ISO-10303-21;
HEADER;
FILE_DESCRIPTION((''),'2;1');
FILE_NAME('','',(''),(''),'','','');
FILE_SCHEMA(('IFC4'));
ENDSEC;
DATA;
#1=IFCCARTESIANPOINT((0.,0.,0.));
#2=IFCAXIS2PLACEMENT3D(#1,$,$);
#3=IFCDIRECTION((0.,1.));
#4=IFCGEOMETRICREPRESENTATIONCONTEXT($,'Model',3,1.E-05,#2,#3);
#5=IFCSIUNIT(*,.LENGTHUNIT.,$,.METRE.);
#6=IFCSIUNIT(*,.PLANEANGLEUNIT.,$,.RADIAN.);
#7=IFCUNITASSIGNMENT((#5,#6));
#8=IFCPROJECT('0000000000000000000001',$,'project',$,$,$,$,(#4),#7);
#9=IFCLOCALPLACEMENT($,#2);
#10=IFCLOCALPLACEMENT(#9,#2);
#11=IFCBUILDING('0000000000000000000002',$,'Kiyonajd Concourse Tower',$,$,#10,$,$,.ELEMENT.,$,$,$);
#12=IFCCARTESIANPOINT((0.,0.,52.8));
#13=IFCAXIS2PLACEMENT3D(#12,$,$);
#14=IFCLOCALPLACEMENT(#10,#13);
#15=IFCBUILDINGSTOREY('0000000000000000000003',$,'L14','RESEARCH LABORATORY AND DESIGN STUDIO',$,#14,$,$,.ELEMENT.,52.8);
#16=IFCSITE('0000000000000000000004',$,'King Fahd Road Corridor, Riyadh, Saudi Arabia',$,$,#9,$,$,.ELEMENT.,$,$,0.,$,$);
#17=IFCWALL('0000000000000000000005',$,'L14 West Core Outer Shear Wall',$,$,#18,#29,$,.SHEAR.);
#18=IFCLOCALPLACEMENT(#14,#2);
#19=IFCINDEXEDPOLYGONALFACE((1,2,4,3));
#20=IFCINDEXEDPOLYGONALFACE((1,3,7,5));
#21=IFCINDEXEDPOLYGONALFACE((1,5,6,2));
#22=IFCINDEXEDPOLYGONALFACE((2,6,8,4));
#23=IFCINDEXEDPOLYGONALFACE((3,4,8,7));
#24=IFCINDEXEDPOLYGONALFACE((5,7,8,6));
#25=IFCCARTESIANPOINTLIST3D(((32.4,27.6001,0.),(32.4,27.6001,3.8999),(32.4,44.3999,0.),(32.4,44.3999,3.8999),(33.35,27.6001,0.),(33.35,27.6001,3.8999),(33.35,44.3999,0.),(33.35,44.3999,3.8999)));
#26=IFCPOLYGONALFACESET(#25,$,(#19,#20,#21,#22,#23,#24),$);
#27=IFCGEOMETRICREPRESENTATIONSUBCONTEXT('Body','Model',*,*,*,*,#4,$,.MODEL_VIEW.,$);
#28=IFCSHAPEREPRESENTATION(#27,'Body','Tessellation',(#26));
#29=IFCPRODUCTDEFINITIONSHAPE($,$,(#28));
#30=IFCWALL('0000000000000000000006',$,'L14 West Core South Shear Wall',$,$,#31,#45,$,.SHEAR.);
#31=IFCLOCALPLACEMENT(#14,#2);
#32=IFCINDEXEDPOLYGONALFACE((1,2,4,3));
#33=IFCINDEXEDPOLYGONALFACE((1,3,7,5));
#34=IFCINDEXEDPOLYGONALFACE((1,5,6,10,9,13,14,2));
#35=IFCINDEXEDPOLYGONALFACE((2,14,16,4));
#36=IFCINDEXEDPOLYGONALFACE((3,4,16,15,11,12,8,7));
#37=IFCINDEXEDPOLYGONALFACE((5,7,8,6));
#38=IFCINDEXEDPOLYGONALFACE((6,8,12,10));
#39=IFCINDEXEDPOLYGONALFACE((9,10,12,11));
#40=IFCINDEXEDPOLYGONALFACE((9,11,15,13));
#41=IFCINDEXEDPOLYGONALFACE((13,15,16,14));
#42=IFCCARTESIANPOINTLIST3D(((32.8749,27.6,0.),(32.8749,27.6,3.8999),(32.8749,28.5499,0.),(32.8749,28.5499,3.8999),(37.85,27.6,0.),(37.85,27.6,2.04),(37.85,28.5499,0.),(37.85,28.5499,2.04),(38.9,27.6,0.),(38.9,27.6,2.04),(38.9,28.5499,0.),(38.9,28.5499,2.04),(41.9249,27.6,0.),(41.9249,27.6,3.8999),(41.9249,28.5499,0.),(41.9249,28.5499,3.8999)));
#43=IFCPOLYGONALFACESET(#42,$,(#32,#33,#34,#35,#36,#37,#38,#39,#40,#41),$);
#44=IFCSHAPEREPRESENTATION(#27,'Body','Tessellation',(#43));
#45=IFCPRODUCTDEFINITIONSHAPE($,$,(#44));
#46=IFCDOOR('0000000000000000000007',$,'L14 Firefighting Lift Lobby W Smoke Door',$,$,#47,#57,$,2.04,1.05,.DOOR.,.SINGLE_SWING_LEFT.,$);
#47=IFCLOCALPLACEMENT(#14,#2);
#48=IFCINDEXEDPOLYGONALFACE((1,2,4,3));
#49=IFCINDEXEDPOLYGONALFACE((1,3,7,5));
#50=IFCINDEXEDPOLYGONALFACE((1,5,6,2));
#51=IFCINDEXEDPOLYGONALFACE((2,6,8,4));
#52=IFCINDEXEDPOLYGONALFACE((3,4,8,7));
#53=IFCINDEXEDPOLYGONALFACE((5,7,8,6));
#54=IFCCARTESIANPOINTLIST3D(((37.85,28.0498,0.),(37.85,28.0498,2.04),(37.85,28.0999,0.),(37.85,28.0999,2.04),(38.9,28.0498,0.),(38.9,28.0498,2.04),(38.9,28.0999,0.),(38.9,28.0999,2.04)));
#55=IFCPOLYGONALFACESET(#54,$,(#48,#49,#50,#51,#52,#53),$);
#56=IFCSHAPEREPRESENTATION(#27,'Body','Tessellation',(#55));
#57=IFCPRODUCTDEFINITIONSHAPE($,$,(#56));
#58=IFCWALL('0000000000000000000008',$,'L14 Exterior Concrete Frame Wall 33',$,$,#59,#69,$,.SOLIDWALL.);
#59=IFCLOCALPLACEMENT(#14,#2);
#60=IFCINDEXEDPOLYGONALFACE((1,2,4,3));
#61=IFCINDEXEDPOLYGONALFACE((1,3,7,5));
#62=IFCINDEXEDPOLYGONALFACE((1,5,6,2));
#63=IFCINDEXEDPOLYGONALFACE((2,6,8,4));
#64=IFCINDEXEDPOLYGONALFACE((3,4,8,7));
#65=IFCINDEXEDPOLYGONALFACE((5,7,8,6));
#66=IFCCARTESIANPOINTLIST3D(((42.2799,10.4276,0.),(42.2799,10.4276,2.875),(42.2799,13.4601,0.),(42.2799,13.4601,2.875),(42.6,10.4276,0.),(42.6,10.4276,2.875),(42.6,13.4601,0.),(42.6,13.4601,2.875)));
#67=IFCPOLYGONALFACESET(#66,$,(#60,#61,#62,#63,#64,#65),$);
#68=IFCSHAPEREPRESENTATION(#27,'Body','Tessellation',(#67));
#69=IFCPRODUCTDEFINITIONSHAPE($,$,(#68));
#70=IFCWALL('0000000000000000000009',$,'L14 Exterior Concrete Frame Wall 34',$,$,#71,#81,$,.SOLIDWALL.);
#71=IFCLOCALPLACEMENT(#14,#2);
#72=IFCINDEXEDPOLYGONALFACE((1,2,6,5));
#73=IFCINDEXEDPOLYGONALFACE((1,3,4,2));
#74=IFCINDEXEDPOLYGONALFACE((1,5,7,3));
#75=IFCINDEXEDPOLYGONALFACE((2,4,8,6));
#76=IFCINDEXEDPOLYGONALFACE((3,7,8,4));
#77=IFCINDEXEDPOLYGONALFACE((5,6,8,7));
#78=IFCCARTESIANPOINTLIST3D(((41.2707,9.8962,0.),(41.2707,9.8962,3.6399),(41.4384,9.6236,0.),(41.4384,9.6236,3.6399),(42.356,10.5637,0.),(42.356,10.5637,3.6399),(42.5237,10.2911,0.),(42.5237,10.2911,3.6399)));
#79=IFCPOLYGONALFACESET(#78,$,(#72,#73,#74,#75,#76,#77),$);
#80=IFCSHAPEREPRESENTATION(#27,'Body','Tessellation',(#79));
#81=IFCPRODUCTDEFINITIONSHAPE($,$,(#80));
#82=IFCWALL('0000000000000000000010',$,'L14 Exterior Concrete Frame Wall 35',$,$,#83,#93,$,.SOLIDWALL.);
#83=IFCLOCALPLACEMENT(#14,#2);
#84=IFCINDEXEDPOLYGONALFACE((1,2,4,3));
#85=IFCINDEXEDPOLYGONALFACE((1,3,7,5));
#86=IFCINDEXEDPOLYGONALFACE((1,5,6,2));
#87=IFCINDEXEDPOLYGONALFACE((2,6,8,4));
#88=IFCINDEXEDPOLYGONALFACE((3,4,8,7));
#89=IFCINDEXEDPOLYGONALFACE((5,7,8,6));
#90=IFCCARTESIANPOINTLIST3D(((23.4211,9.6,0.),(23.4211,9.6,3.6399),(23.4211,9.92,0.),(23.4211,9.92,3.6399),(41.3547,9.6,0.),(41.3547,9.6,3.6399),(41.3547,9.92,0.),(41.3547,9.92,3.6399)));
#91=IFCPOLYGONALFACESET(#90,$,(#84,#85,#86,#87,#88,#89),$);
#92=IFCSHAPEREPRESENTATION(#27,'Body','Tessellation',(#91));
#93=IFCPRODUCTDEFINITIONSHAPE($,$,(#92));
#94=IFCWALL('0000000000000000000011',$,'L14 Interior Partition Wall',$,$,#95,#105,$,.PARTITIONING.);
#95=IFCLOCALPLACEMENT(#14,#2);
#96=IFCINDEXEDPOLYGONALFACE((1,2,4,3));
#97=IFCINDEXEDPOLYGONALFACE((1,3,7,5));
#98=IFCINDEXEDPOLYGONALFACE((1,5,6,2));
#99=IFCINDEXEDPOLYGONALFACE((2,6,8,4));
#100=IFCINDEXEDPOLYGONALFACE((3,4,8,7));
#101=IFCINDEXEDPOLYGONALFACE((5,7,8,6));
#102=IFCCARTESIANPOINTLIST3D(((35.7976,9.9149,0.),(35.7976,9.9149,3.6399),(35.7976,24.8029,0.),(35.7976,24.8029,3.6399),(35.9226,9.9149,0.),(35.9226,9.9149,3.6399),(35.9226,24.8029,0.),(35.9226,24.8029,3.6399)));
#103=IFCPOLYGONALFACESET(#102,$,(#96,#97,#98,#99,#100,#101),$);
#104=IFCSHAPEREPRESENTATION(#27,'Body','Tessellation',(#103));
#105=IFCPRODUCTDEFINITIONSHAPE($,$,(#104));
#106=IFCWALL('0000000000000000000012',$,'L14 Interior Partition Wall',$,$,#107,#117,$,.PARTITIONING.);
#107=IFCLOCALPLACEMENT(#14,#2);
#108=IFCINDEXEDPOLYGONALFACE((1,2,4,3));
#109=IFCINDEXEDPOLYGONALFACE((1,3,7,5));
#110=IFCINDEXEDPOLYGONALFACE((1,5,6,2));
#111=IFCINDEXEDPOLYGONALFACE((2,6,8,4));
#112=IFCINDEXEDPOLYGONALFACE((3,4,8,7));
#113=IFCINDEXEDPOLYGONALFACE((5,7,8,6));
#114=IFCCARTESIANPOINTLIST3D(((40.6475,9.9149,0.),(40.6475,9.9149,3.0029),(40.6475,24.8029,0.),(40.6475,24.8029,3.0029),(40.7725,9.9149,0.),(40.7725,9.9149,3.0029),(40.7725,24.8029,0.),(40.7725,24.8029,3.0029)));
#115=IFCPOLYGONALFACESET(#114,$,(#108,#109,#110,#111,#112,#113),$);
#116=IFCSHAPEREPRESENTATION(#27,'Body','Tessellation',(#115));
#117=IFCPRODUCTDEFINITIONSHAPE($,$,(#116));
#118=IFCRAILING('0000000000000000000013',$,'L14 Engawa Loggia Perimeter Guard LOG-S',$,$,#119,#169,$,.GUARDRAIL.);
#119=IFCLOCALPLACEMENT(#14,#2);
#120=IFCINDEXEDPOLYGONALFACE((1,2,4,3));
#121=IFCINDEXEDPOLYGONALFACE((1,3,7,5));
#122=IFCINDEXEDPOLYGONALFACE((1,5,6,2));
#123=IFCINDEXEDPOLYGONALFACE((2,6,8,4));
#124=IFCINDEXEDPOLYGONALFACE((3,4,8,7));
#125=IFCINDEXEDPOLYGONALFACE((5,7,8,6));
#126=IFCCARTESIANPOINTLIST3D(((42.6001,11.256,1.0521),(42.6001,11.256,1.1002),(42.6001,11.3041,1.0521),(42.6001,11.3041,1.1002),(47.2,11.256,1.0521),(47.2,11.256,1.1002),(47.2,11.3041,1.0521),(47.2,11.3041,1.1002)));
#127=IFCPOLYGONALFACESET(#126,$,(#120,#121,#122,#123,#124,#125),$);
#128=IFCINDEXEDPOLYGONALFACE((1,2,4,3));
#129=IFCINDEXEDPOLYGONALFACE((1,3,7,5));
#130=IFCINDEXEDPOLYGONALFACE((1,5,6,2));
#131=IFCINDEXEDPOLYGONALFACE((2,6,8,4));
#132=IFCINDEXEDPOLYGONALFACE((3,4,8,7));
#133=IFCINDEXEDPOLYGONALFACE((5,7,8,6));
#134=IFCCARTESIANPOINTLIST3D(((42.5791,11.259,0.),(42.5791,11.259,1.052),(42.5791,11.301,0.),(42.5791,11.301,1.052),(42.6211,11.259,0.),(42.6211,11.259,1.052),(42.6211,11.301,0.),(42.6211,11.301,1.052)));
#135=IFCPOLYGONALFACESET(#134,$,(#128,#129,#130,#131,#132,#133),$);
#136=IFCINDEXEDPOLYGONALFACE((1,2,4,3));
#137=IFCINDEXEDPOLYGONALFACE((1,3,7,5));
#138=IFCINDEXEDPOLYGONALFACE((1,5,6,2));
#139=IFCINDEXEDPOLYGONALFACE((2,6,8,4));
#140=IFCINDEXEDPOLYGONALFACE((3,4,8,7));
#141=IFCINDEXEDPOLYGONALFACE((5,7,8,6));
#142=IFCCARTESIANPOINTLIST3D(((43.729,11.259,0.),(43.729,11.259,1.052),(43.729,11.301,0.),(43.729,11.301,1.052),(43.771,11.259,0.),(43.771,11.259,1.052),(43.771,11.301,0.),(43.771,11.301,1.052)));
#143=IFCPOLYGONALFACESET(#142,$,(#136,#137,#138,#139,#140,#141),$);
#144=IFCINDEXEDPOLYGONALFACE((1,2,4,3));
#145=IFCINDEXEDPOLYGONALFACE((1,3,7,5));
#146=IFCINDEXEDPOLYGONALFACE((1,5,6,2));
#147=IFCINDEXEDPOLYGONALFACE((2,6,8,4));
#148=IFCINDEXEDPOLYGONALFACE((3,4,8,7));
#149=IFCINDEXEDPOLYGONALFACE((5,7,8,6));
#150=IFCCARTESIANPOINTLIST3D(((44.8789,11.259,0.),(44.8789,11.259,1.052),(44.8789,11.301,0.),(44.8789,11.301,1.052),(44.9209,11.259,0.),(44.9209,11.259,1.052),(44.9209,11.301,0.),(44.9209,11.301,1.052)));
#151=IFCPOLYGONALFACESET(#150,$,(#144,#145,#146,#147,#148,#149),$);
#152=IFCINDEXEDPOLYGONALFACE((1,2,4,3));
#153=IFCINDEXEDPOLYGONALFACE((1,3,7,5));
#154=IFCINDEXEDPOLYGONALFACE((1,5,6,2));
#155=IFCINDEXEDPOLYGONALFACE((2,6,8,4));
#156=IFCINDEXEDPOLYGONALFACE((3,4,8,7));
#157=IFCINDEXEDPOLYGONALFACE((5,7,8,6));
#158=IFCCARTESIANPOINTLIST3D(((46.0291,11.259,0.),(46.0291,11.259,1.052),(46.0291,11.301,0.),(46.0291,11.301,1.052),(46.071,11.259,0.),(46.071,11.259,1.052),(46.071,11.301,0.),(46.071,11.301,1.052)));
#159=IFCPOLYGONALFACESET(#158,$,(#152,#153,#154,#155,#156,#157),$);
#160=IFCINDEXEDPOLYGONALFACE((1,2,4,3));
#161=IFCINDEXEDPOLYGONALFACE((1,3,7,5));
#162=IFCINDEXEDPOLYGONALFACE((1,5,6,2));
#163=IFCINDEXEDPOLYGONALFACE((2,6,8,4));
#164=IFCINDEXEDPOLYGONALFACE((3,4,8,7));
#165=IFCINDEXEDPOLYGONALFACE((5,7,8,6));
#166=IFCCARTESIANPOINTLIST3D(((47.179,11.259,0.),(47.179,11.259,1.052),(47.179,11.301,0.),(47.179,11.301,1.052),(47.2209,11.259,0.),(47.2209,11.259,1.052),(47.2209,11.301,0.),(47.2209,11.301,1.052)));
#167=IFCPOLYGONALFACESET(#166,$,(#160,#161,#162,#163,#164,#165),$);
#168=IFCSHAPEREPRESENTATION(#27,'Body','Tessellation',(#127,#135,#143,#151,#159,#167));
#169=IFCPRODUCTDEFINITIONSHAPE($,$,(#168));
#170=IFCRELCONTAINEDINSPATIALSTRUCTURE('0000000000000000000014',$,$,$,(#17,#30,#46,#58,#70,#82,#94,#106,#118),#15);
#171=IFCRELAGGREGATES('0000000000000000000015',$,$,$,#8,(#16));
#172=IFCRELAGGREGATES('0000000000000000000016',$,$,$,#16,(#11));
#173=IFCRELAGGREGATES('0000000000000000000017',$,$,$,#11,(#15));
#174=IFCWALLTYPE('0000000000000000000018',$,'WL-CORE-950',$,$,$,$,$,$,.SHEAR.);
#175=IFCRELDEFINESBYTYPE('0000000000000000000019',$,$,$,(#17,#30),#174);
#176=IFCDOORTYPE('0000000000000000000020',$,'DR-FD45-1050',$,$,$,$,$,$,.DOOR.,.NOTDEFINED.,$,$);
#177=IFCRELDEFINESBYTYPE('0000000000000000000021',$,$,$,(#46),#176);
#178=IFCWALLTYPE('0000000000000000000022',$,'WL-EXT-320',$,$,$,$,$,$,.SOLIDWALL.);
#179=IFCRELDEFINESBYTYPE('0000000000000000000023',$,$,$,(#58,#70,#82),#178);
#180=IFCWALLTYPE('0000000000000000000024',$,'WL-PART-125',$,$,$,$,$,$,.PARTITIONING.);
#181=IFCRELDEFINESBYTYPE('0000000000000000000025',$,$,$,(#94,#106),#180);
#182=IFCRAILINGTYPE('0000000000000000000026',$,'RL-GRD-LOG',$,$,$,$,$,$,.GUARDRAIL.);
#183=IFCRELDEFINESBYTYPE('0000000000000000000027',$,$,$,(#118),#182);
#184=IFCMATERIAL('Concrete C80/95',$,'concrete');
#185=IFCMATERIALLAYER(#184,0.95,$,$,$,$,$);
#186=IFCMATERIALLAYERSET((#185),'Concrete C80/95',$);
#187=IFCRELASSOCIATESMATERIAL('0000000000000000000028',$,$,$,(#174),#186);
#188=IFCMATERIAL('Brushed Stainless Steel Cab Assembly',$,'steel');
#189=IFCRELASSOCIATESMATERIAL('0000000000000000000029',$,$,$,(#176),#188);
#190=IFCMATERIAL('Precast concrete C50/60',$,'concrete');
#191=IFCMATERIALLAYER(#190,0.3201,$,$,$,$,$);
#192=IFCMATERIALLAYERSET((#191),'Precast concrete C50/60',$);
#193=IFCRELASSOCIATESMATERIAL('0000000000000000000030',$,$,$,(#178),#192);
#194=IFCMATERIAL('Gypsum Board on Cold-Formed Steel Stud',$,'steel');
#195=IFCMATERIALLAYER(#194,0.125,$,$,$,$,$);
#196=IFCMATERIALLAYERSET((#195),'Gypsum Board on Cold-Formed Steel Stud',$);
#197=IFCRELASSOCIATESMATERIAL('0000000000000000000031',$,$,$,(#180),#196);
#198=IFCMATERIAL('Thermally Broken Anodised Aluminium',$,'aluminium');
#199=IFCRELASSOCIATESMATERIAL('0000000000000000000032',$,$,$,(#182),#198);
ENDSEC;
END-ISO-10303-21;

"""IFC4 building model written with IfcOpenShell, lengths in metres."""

from ifc_helpers import new_model, si_unit, direction, frame, frame_2d, origin, origin_2d, place, context, subcontext, project, spatial, rectangle, extrude, material, layer, layer_set, type_object, element, fill, save


model = new_model("IFC4")

# Units and contexts
model_context = context("Model", 3, precision=1e-05, world=origin(), true_north=direction((0.0, 1.0)))
body_context = subcontext(model_context, "Body", "Model", "MODEL_VIEW")
ifc_project = project(units=[si_unit("LENGTHUNIT", "METRE"), si_unit("PLANEANGLEUNIT", "RADIAN")], contexts=[model_context])

# Site, building, storey
site_placement = place(None, origin())
site = spatial("IfcSite", under=ifc_project, at=site_placement, Name="King Fahd Road Corridor, Riyadh, Saudi Arabia", CompositionType="ELEMENT", RefElevation=0.0)
building_placement = place(site_placement, origin())
building = spatial("IfcBuilding", under=site, at=building_placement, Name="Kiyonajd Concourse Tower", CompositionType="ELEMENT")
storey_placement = place(building_placement, frame((0.0, 0.0, 52.8)))
storey = spatial("IfcBuildingStorey", under=building, at=storey_placement, Name="L14", Description="RESEARCH LABORATORY AND DESIGN STUDIO", CompositionType="ELEMENT", Elevation=52.8)

# Shared definitions
ifc_material_1 = material(Name="Concrete C80/95", Category="concrete")

# Shared definitions
ifc_material_2 = material(Name="Precast concrete C50/60", Category="concrete")

# Shared definitions
ifc_material_3 = material(Name="Thermally Broken Anodised Aluminium", Category="aluminium")

# Wall
ifc_layer_1 = layer(ifc_material_1, 0.95)
ifc_layer_set_1 = layer_set([ifc_layer_1], Name="Concrete C80/95")
wall_type_1 = type_object("IfcWallType", Name="WL-CORE-950", PredefinedType="SHEAR", material=ifc_layer_set_1)
wall_1_placement = place(storey_placement, frame((32.875, 27.6001, 0.0), z_axis=(0.0, 0.0, 1.0), x_axis=(0.0, 1.0, 0.0)))
element("IfcWall", 1, at=wall_1_placement, inside=storey, type_object=wall_type_1, Name="L14 West Core Outer Shear Wall", PredefinedType="SHEAR", context=body_context, shape_type="SweptSolid", body=[
    extrude(rectangle(XDim=16.7998, YDim=0.95, at=frame_2d((8.3999, 0.0))), origin(), (0.0, 0.0, 1.0), 3.8999),
])

# Wall, opening, door
wall_2_placement = place(storey_placement, frame((32.875, 28.075, 0.0), z_axis=(0.0, 0.0, 1.0), x_axis=(1.0, 0.0, 0.0)))
wall_2 = element("IfcWall", 2, at=wall_2_placement, inside=storey, type_object=wall_type_1, Name="L14 West Core South Shear Wall", PredefinedType="SHEAR", context=body_context, shape_type="SweptSolid", body=[
    extrude(rectangle(XDim=9.05, YDim=0.95, at=frame_2d((4.5249, 0.0))), origin(), (0.0, 0.0, 1.0), 3.8999),
])
opening_placement = place(wall_2_placement, frame((4.9751, 0.0, 0.0)))
opening = element("IfcOpeningElement", 3, at=opening_placement, cuts=wall_2, PredefinedType="OPENING", context=body_context, shape_type="SweptSolid", body=[
    extrude(rectangle(XDim=1.05, YDim=2.04, at=frame_2d((0.5249, 1.02))), frame((0.0, 0.4849, 0.0), z_axis=(0.0, -1.0, 0.0), x_axis=(1.0, 0.0, 0.0)), (0.0, 0.0, 1.0), 0.97),
])
ifc_material_4 = material(Name="Brushed Stainless Steel Cab Assembly", Category="steel")
door_type = type_object("IfcDoorType", Name="DR-FD45-1050", OperationType="NOTDEFINED", PredefinedType="DOOR", material=ifc_material_4)
door_placement = place(opening_placement, origin())
door = element("IfcDoor", 4, at=door_placement, inside=storey, type_object=door_type, Name="L14 Firefighting Lift Lobby W Smoke Door", OperationType="SINGLE_SWING_LEFT", OverallHeight=2.04, OverallWidth=1.05, PredefinedType="DOOR", context=body_context, shape_type="SweptSolid", body=[
    extrude(rectangle(XDim=1.05, YDim=2.04, at=frame_2d((0.5249, 1.02))), frame((0.0, 0.0249, 0.0), z_axis=(0.0, -1.0, 0.0), x_axis=(1.0, 0.0, 0.0)), (0.0, 0.0, 1.0), 0.05),
])
fill(opening, door)

# Walls
ifc_layer_2 = layer(ifc_material_2, 0.3201)
ifc_layer_set_2 = layer_set([ifc_layer_2], Name="Precast concrete C50/60")
wall_type_2 = type_object("IfcWallType", Name="WL-EXT-320", PredefinedType="SOLIDWALL", material=ifc_layer_set_2)
wall_3_placement = place(storey_placement, frame((42.4399, 13.46, 0.0), z_axis=(0.0, 0.0, 1.0), x_axis=(0.0, -1.0, 0.0)))
element("IfcWall", 5, at=wall_3_placement, inside=storey, type_object=wall_type_2, Name="L14 Exterior Concrete Frame Wall 33", PredefinedType="SOLIDWALL", context=body_context, shape_type="SweptSolid", body=[
    extrude(rectangle(XDim=3.0325, YDim=0.3201, at=frame_2d((1.5161, 0.0))), origin(), (0.0, 0.0, 1.0), 2.875),
])
wall_4_placement = place(storey_placement, frame((42.4399, 10.4275, 0.0), z_axis=(0.0, 0.0, 1.0), x_axis=(-0.851777, -0.523905, 0.0)))
element("IfcWall", 6, at=wall_4_placement, inside=storey, type_object=wall_type_2, Name="L14 Exterior Concrete Frame Wall 34", PredefinedType="SOLIDWALL", context=body_context, shape_type="SweptSolid", body=[
    extrude(rectangle(XDim=1.2742, YDim=0.3201, at=frame_2d((0.6372, 0.0))), origin(), (0.0, 0.0, 1.0), 3.6399),
])
wall_5_placement = place(storey_placement, frame((41.3547, 9.76, 0.0), z_axis=(0.0, 0.0, 1.0), x_axis=(-1.0, 0.0, 0.0)))
element("IfcWall", 7, at=wall_5_placement, inside=storey, type_object=wall_type_2, Name="L14 Exterior Concrete Frame Wall 35", PredefinedType="SOLIDWALL", context=body_context, shape_type="SweptSolid", body=[
    extrude(rectangle(XDim=17.9336, YDim=0.3201, at=frame_2d((8.9668, 0.0))), origin(), (0.0, 0.0, 1.0), 3.6399),
])
ifc_material_5 = material(Name="Gypsum Board on Cold-Formed Steel Stud", Category="steel")
ifc_layer_3 = layer(ifc_material_5, 0.125)
ifc_layer_set_3 = layer_set([ifc_layer_3], Name="Gypsum Board on Cold-Formed Steel Stud")
wall_type_3 = type_object("IfcWallType", Name="WL-PART-125", PredefinedType="PARTITIONING", material=ifc_layer_set_3)
wall_6_placement = place(storey_placement, frame((35.8601, 9.915, 0.0), z_axis=(0.0, 0.0, 1.0), x_axis=(0.0, 1.0, 0.0)))
element("IfcWall", 8, at=wall_6_placement, inside=storey, type_object=wall_type_3, Name="L14 Interior Partition Wall", PredefinedType="PARTITIONING", context=body_context, shape_type="SweptSolid", body=[
    extrude(rectangle(XDim=14.8879, YDim=0.125, at=frame_2d((7.4438, 0.0))), origin(), (0.0, 0.0, 1.0), 3.6399),
])
wall_7_placement = place(storey_placement, frame((40.71, 9.915, 0.0), z_axis=(0.0, 0.0, 1.0), x_axis=(0.0, 1.0, 0.0)))
element("IfcWall", 9, at=wall_7_placement, inside=storey, type_object=wall_type_3, Name="L14 Interior Partition Wall", PredefinedType="PARTITIONING", context=body_context, shape_type="SweptSolid", body=[
    extrude(rectangle(XDim=14.8879, YDim=0.125, at=frame_2d((7.4438, 0.0))), origin(), (0.0, 0.0, 1.0), 3.0029),
])

# Railing
railing_type = type_object("IfcRailingType", Name="RL-GRD-LOG", PredefinedType="GUARDRAIL", material=ifc_material_3)
railing_placement = place(storey_placement, frame((42.6001, 11.28, 0.0)))
element("IfcRailing", 10, at=railing_placement, inside=storey, type_object=railing_type, Name="L14 Engawa Loggia Perimeter Guard LOG-S", PredefinedType="GUARDRAIL", context=body_context, shape_type="SweptSolid", body=[
    extrude(rectangle(XDim=0.0481, YDim=0.0481, at=origin_2d()), frame((0.0, 0.0, 1.0762), z_axis=(1.0, 0.0, 0.0), x_axis=(0.0, 1.0, 0.0)), (0.0, 0.0, 1.0), 4.5999),
    extrude(rectangle(XDim=0.042, YDim=0.042, at=origin_2d()), origin(), (0.0, 0.0, 1.0), 1.052),
    extrude(rectangle(XDim=0.042, YDim=0.042, at=origin_2d()), frame((1.1499, 0.0, 0.0)), (0.0, 0.0, 1.0), 1.052),
    extrude(rectangle(XDim=0.042, YDim=0.042, at=origin_2d()), frame((2.2998, 0.0, 0.0)), (0.0, 0.0, 1.0), 1.052),
    extrude(rectangle(XDim=0.042, YDim=0.042, at=origin_2d()), frame((3.45, 0.0, 0.0)), (0.0, 0.0, 1.0), 1.052),
    extrude(rectangle(XDim=0.042, YDim=0.042, at=origin_2d()), frame((4.5999, 0.0, 0.0)), (0.0, 0.0, 1.0), 1.052),
])

save(model, "model.ifc")
